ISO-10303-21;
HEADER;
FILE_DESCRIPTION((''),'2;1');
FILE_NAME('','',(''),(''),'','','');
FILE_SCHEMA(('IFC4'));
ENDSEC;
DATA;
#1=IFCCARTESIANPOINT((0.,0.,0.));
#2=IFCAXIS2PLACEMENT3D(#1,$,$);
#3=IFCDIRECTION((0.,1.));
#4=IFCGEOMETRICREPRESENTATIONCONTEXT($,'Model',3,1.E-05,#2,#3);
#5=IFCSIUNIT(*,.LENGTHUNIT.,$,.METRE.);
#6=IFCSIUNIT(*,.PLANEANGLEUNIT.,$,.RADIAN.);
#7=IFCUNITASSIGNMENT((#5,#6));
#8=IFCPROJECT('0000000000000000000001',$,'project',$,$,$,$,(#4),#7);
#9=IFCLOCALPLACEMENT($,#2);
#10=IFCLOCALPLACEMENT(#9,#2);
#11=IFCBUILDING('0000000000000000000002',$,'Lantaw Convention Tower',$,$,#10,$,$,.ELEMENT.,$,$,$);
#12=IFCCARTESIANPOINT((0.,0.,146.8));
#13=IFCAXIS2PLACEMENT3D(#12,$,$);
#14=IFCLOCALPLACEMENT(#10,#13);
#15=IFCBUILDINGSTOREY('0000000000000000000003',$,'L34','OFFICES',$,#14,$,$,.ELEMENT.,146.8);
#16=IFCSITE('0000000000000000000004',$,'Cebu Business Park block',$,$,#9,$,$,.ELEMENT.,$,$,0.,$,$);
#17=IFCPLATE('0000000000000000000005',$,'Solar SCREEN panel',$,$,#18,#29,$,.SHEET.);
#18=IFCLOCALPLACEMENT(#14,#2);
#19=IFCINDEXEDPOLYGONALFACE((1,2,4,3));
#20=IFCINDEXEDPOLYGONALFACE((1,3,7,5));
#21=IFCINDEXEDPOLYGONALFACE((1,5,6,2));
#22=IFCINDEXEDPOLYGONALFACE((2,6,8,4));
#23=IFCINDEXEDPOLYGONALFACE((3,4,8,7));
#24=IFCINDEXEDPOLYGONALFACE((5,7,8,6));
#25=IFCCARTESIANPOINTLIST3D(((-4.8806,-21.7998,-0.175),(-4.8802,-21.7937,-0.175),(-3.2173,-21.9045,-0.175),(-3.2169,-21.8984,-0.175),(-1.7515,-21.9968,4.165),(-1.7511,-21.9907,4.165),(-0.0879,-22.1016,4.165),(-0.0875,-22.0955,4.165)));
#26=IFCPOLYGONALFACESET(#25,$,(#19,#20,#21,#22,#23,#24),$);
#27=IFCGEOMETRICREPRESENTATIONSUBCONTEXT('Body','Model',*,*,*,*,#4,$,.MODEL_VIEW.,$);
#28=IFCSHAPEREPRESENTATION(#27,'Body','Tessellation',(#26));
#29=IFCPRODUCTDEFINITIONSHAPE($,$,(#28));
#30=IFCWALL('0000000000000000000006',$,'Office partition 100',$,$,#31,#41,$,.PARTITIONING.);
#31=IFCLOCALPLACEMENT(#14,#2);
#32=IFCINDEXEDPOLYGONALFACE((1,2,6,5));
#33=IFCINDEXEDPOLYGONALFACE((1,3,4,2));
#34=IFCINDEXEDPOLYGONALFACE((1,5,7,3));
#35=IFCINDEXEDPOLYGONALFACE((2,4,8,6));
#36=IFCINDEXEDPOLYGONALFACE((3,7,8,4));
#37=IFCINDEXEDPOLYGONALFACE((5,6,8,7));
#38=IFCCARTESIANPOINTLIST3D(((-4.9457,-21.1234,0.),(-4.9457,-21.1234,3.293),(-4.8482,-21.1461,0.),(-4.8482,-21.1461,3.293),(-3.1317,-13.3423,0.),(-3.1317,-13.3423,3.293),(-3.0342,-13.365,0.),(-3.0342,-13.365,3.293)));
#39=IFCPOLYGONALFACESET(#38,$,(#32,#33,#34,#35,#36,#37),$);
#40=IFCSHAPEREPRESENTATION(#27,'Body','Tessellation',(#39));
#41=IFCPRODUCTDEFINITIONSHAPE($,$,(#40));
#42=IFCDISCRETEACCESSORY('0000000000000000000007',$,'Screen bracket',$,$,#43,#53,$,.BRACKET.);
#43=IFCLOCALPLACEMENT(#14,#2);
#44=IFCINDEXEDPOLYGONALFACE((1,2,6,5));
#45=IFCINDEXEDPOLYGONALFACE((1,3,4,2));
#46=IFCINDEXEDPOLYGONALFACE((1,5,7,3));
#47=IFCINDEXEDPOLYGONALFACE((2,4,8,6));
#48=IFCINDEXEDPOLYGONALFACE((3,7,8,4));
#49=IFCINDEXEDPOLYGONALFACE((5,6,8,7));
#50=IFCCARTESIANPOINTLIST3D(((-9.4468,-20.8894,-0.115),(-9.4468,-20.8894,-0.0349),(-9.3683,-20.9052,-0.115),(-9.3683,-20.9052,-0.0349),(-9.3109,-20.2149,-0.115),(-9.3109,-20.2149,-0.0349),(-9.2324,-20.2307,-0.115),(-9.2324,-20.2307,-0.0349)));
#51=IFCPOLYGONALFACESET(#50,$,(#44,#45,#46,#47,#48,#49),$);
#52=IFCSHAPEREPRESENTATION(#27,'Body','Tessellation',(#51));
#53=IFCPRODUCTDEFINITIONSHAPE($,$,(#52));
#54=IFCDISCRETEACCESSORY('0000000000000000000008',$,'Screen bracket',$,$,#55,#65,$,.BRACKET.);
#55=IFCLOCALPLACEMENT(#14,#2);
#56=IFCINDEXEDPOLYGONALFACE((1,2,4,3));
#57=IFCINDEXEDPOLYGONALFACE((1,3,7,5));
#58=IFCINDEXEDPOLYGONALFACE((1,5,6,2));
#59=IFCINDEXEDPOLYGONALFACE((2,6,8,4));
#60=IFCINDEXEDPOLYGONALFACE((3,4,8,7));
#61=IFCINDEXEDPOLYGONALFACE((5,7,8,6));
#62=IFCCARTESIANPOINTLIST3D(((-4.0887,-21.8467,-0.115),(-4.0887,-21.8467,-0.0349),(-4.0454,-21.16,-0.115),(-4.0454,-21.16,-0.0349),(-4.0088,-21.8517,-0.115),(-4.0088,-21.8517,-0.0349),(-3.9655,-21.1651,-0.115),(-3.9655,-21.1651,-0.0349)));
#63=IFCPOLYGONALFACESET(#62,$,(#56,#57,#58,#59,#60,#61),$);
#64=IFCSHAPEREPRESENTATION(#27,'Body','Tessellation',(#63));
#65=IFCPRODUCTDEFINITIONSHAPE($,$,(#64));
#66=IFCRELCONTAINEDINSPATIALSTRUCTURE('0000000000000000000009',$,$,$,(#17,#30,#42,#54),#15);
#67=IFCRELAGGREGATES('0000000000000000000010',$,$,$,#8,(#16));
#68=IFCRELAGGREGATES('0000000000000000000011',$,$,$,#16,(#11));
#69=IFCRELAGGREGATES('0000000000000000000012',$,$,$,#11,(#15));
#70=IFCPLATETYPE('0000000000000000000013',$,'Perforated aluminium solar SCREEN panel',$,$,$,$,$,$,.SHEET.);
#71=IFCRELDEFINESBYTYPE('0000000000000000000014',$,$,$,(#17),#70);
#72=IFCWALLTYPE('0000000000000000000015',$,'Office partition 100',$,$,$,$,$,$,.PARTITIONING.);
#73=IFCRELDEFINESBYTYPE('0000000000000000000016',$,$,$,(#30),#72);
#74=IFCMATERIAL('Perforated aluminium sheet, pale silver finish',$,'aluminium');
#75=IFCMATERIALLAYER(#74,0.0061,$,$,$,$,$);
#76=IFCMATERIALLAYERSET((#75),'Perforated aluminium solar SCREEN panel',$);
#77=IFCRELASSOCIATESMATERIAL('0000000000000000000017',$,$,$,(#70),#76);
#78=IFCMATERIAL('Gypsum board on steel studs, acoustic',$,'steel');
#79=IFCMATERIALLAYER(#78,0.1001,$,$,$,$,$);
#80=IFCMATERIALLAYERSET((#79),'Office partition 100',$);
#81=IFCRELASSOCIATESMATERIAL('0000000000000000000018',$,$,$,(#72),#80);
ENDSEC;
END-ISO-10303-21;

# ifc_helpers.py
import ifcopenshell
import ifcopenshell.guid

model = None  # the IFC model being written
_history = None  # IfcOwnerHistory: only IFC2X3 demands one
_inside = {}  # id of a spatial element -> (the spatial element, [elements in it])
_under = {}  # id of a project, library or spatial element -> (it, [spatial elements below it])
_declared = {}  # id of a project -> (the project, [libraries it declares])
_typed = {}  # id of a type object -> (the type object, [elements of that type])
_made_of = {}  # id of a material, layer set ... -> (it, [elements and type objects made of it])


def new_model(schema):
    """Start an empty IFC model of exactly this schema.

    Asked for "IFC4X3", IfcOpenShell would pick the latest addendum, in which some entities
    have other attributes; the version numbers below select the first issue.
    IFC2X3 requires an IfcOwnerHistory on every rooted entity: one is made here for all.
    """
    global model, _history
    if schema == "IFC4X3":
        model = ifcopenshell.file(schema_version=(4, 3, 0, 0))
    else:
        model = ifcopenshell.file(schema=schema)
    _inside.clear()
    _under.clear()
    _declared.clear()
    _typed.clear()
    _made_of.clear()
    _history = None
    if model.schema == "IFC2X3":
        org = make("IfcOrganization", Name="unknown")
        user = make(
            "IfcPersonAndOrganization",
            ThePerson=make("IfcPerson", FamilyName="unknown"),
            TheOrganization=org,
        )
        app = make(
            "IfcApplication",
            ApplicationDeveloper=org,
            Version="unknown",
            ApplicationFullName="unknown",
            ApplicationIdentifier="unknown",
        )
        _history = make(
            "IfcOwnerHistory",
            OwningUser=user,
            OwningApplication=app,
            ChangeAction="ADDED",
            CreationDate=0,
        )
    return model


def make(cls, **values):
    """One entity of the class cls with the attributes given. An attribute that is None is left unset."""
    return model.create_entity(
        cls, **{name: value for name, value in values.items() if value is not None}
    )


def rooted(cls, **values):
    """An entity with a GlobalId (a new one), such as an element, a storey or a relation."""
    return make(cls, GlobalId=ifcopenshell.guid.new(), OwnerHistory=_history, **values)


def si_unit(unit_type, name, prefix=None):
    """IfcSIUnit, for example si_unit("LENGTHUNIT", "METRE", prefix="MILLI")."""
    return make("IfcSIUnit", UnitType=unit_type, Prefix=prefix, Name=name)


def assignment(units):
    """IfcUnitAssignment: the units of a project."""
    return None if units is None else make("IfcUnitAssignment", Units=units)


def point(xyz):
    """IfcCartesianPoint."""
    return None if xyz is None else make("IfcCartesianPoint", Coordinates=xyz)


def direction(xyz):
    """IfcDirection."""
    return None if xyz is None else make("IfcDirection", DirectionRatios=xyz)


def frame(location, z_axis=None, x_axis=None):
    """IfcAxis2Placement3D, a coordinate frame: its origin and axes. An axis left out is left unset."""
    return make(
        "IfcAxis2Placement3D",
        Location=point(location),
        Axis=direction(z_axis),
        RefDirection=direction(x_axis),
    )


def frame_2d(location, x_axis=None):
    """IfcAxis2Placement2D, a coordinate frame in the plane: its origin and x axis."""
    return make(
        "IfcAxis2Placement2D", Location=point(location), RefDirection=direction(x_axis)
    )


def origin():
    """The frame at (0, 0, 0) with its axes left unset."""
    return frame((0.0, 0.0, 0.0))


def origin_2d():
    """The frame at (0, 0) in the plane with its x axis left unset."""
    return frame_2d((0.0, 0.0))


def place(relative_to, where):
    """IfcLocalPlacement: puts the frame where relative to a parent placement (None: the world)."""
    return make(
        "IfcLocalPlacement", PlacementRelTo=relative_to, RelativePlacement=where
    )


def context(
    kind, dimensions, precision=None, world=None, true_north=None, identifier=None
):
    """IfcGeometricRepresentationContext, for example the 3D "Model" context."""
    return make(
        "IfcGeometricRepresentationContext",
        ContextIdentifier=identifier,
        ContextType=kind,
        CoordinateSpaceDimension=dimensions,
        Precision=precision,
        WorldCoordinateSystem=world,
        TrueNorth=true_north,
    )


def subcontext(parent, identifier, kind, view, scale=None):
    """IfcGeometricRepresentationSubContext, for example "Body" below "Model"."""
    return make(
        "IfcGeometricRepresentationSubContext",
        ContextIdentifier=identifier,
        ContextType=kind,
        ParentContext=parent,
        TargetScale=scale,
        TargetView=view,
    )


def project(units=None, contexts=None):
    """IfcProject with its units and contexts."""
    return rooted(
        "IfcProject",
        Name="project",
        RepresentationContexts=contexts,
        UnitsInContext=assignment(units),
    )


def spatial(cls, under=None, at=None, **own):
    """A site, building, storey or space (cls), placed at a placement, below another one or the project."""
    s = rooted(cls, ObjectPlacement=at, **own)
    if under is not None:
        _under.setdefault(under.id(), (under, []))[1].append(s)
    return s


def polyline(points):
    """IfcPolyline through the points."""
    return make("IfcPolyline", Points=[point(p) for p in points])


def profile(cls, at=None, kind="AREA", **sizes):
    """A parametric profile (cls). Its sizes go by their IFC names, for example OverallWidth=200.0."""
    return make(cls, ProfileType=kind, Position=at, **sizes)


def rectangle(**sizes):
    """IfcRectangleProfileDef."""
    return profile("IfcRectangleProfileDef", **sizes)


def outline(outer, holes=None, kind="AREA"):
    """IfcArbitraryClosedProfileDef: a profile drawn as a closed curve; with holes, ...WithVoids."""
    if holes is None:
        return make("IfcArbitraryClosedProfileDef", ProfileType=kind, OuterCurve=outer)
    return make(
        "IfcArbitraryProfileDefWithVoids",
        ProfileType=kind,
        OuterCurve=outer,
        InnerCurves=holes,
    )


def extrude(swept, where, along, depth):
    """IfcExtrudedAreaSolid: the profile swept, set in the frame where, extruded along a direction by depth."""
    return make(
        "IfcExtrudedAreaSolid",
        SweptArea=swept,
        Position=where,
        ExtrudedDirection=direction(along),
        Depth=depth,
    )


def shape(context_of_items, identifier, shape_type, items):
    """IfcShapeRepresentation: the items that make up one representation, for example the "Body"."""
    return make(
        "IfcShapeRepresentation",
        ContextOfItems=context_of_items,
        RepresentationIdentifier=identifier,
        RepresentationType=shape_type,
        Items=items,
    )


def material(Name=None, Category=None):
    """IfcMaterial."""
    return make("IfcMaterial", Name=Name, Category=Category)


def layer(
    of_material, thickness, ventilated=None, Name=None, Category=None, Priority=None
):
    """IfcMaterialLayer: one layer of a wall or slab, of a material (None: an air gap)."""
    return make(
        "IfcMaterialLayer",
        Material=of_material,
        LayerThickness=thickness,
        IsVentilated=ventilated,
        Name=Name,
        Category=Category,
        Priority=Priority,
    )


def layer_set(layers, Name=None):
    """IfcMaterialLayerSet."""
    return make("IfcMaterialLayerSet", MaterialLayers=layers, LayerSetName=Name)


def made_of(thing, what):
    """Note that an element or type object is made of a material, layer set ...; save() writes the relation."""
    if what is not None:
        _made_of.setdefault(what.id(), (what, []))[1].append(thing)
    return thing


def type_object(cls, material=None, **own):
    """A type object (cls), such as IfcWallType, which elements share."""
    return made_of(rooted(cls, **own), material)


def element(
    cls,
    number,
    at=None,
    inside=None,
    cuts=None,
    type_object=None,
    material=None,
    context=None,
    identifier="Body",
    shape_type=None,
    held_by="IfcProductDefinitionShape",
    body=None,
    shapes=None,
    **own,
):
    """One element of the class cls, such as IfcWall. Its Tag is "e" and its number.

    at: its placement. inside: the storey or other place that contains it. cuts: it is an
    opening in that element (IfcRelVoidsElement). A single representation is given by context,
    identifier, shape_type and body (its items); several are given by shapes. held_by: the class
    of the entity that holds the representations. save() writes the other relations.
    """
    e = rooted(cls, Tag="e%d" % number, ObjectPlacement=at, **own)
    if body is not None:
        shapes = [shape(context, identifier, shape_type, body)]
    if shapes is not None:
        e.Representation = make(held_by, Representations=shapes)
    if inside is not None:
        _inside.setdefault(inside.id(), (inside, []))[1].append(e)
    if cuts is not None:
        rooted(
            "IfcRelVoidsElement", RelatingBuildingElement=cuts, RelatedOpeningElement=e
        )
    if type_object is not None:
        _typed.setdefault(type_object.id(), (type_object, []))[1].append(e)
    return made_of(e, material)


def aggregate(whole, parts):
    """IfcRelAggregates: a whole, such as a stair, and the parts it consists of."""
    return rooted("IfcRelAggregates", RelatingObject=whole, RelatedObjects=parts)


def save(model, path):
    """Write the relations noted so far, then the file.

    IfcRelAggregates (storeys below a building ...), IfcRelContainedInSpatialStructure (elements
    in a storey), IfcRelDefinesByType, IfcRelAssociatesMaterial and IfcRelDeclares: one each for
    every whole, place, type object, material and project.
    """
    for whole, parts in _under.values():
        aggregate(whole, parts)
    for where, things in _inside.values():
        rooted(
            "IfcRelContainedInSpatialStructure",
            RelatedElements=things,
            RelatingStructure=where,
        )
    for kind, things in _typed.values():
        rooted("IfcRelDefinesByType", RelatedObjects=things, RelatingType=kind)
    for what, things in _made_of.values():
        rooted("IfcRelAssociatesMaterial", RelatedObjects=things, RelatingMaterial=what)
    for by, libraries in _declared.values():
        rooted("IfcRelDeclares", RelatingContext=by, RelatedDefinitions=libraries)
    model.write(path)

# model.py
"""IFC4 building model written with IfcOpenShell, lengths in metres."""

from ifc_helpers import new_model, si_unit, direction, frame, frame_2d, origin, origin_2d, place, context, subcontext, project, spatial, polyline, rectangle, outline, extrude, material, layer, layer_set, type_object, element, save


model = new_model("IFC4")

# Units and contexts
model_context = context("Model", 3, precision=1e-05, world=origin(), true_north=direction((0.0, 1.0)))
body_context = subcontext(model_context, "Body", "Model", "MODEL_VIEW")
ifc_project = project(units=[si_unit("LENGTHUNIT", "METRE"), si_unit("PLANEANGLEUNIT", "RADIAN")], contexts=[model_context])

# Site, building, storey
site_placement = place(None, origin())
site = spatial("IfcSite", under=ifc_project, at=site_placement, Name="Cebu Business Park block", CompositionType="ELEMENT", RefElevation=0.0)
building_placement = place(site_placement, origin())
building = spatial("IfcBuilding", under=site, at=building_placement, Name="Lantaw Convention Tower", CompositionType="ELEMENT")
storey_placement = place(building_placement, frame((0.0, 0.0, 146.8)))
storey = spatial("IfcBuildingStorey", under=building, at=storey_placement, Name="L34", Description="OFFICES", CompositionType="ELEMENT", Elevation=146.8)

# Plate
ifc_material_1 = material(Name="Perforated aluminium sheet, pale silver finish", Category="aluminium")
ifc_layer_1 = layer(ifc_material_1, 0.0061)
ifc_layer_set_1 = layer_set([ifc_layer_1], Name="Perforated aluminium solar SCREEN panel")
plate_type_1 = type_object("IfcPlateType", Name="Perforated aluminium solar SCREEN panel", PredefinedType="SHEET", material=ifc_layer_set_1)
plate_1_placement = place(storey_placement, frame((-4.8806, -21.7998, -0.175), z_axis=(-0.062839, -0.998024, 0.000002), x_axis=(0.998024, -0.062839, 0.0)))
element("IfcPlate", 1, at=plate_1_placement, inside=storey, type_object=plate_type_1, Name="Solar SCREEN panel", PredefinedType="SHEET", context=body_context, shape_type="SweptSolid", body=[
    extrude(outline(polyline([(0.0, 0.0), (1.6666, 0.0), (4.8022, 4.3401), (3.1353, 4.3401), (0.0, 0.0)])), origin(), (0.0, 0.0, -1.0), 0.0061),
])

# Wall
ifc_material_2 = material(Name="Gypsum board on steel studs, acoustic", Category="steel")
ifc_layer_2 = layer(ifc_material_2, 0.1001)
ifc_layer_set_2 = layer_set([ifc_layer_2], Name="Office partition 100")
wall_type = type_object("IfcWallType", Name="Office partition 100", PredefinedType="PARTITIONING", material=ifc_layer_set_2)
wall_placement = place(storey_placement, frame((-4.897, -21.1348, 0.0), z_axis=(0.0, 0.0, 1.0), x_axis=(0.227039, 0.973886, 0.0)))
element("IfcWall", 2, at=wall_placement, inside=storey, type_object=wall_type, Name="Office partition 100", PredefinedType="PARTITIONING", context=body_context, shape_type="SweptSolid", body=[
    extrude(rectangle(XDim=7.9897, YDim=0.1001, at=frame_2d((3.9949, 0.0))), origin(), (0.0, 0.0, 1.0), 3.293),
])

# Discrete accessories
for number, where, z_axis, x_axis, name in (
    (3, (-9.3396, -20.5601, -0.115), (0.0, 0.0, 1.0), (0.980302, -0.197507, 0.0), "Screen bracket"),
    (4, (-4.0271, -21.5059, -0.115), (0.0, 0.0, 1.0), (0.998022, -0.062865, 0.0), "Screen bracket"),
):
    element("IfcDiscreteAccessory", number, at=place(storey_placement, frame(where, z_axis=z_axis, x_axis=x_axis)), inside=storey, Name=name, PredefinedType="BRACKET", context=body_context, shape_type="SweptSolid", body=[
        extrude(rectangle(XDim=0.0801, YDim=0.688, at=origin_2d()), origin(), (0.0, 0.0, 1.0), 0.0801),
    ])

save(model, "model.ifc")
